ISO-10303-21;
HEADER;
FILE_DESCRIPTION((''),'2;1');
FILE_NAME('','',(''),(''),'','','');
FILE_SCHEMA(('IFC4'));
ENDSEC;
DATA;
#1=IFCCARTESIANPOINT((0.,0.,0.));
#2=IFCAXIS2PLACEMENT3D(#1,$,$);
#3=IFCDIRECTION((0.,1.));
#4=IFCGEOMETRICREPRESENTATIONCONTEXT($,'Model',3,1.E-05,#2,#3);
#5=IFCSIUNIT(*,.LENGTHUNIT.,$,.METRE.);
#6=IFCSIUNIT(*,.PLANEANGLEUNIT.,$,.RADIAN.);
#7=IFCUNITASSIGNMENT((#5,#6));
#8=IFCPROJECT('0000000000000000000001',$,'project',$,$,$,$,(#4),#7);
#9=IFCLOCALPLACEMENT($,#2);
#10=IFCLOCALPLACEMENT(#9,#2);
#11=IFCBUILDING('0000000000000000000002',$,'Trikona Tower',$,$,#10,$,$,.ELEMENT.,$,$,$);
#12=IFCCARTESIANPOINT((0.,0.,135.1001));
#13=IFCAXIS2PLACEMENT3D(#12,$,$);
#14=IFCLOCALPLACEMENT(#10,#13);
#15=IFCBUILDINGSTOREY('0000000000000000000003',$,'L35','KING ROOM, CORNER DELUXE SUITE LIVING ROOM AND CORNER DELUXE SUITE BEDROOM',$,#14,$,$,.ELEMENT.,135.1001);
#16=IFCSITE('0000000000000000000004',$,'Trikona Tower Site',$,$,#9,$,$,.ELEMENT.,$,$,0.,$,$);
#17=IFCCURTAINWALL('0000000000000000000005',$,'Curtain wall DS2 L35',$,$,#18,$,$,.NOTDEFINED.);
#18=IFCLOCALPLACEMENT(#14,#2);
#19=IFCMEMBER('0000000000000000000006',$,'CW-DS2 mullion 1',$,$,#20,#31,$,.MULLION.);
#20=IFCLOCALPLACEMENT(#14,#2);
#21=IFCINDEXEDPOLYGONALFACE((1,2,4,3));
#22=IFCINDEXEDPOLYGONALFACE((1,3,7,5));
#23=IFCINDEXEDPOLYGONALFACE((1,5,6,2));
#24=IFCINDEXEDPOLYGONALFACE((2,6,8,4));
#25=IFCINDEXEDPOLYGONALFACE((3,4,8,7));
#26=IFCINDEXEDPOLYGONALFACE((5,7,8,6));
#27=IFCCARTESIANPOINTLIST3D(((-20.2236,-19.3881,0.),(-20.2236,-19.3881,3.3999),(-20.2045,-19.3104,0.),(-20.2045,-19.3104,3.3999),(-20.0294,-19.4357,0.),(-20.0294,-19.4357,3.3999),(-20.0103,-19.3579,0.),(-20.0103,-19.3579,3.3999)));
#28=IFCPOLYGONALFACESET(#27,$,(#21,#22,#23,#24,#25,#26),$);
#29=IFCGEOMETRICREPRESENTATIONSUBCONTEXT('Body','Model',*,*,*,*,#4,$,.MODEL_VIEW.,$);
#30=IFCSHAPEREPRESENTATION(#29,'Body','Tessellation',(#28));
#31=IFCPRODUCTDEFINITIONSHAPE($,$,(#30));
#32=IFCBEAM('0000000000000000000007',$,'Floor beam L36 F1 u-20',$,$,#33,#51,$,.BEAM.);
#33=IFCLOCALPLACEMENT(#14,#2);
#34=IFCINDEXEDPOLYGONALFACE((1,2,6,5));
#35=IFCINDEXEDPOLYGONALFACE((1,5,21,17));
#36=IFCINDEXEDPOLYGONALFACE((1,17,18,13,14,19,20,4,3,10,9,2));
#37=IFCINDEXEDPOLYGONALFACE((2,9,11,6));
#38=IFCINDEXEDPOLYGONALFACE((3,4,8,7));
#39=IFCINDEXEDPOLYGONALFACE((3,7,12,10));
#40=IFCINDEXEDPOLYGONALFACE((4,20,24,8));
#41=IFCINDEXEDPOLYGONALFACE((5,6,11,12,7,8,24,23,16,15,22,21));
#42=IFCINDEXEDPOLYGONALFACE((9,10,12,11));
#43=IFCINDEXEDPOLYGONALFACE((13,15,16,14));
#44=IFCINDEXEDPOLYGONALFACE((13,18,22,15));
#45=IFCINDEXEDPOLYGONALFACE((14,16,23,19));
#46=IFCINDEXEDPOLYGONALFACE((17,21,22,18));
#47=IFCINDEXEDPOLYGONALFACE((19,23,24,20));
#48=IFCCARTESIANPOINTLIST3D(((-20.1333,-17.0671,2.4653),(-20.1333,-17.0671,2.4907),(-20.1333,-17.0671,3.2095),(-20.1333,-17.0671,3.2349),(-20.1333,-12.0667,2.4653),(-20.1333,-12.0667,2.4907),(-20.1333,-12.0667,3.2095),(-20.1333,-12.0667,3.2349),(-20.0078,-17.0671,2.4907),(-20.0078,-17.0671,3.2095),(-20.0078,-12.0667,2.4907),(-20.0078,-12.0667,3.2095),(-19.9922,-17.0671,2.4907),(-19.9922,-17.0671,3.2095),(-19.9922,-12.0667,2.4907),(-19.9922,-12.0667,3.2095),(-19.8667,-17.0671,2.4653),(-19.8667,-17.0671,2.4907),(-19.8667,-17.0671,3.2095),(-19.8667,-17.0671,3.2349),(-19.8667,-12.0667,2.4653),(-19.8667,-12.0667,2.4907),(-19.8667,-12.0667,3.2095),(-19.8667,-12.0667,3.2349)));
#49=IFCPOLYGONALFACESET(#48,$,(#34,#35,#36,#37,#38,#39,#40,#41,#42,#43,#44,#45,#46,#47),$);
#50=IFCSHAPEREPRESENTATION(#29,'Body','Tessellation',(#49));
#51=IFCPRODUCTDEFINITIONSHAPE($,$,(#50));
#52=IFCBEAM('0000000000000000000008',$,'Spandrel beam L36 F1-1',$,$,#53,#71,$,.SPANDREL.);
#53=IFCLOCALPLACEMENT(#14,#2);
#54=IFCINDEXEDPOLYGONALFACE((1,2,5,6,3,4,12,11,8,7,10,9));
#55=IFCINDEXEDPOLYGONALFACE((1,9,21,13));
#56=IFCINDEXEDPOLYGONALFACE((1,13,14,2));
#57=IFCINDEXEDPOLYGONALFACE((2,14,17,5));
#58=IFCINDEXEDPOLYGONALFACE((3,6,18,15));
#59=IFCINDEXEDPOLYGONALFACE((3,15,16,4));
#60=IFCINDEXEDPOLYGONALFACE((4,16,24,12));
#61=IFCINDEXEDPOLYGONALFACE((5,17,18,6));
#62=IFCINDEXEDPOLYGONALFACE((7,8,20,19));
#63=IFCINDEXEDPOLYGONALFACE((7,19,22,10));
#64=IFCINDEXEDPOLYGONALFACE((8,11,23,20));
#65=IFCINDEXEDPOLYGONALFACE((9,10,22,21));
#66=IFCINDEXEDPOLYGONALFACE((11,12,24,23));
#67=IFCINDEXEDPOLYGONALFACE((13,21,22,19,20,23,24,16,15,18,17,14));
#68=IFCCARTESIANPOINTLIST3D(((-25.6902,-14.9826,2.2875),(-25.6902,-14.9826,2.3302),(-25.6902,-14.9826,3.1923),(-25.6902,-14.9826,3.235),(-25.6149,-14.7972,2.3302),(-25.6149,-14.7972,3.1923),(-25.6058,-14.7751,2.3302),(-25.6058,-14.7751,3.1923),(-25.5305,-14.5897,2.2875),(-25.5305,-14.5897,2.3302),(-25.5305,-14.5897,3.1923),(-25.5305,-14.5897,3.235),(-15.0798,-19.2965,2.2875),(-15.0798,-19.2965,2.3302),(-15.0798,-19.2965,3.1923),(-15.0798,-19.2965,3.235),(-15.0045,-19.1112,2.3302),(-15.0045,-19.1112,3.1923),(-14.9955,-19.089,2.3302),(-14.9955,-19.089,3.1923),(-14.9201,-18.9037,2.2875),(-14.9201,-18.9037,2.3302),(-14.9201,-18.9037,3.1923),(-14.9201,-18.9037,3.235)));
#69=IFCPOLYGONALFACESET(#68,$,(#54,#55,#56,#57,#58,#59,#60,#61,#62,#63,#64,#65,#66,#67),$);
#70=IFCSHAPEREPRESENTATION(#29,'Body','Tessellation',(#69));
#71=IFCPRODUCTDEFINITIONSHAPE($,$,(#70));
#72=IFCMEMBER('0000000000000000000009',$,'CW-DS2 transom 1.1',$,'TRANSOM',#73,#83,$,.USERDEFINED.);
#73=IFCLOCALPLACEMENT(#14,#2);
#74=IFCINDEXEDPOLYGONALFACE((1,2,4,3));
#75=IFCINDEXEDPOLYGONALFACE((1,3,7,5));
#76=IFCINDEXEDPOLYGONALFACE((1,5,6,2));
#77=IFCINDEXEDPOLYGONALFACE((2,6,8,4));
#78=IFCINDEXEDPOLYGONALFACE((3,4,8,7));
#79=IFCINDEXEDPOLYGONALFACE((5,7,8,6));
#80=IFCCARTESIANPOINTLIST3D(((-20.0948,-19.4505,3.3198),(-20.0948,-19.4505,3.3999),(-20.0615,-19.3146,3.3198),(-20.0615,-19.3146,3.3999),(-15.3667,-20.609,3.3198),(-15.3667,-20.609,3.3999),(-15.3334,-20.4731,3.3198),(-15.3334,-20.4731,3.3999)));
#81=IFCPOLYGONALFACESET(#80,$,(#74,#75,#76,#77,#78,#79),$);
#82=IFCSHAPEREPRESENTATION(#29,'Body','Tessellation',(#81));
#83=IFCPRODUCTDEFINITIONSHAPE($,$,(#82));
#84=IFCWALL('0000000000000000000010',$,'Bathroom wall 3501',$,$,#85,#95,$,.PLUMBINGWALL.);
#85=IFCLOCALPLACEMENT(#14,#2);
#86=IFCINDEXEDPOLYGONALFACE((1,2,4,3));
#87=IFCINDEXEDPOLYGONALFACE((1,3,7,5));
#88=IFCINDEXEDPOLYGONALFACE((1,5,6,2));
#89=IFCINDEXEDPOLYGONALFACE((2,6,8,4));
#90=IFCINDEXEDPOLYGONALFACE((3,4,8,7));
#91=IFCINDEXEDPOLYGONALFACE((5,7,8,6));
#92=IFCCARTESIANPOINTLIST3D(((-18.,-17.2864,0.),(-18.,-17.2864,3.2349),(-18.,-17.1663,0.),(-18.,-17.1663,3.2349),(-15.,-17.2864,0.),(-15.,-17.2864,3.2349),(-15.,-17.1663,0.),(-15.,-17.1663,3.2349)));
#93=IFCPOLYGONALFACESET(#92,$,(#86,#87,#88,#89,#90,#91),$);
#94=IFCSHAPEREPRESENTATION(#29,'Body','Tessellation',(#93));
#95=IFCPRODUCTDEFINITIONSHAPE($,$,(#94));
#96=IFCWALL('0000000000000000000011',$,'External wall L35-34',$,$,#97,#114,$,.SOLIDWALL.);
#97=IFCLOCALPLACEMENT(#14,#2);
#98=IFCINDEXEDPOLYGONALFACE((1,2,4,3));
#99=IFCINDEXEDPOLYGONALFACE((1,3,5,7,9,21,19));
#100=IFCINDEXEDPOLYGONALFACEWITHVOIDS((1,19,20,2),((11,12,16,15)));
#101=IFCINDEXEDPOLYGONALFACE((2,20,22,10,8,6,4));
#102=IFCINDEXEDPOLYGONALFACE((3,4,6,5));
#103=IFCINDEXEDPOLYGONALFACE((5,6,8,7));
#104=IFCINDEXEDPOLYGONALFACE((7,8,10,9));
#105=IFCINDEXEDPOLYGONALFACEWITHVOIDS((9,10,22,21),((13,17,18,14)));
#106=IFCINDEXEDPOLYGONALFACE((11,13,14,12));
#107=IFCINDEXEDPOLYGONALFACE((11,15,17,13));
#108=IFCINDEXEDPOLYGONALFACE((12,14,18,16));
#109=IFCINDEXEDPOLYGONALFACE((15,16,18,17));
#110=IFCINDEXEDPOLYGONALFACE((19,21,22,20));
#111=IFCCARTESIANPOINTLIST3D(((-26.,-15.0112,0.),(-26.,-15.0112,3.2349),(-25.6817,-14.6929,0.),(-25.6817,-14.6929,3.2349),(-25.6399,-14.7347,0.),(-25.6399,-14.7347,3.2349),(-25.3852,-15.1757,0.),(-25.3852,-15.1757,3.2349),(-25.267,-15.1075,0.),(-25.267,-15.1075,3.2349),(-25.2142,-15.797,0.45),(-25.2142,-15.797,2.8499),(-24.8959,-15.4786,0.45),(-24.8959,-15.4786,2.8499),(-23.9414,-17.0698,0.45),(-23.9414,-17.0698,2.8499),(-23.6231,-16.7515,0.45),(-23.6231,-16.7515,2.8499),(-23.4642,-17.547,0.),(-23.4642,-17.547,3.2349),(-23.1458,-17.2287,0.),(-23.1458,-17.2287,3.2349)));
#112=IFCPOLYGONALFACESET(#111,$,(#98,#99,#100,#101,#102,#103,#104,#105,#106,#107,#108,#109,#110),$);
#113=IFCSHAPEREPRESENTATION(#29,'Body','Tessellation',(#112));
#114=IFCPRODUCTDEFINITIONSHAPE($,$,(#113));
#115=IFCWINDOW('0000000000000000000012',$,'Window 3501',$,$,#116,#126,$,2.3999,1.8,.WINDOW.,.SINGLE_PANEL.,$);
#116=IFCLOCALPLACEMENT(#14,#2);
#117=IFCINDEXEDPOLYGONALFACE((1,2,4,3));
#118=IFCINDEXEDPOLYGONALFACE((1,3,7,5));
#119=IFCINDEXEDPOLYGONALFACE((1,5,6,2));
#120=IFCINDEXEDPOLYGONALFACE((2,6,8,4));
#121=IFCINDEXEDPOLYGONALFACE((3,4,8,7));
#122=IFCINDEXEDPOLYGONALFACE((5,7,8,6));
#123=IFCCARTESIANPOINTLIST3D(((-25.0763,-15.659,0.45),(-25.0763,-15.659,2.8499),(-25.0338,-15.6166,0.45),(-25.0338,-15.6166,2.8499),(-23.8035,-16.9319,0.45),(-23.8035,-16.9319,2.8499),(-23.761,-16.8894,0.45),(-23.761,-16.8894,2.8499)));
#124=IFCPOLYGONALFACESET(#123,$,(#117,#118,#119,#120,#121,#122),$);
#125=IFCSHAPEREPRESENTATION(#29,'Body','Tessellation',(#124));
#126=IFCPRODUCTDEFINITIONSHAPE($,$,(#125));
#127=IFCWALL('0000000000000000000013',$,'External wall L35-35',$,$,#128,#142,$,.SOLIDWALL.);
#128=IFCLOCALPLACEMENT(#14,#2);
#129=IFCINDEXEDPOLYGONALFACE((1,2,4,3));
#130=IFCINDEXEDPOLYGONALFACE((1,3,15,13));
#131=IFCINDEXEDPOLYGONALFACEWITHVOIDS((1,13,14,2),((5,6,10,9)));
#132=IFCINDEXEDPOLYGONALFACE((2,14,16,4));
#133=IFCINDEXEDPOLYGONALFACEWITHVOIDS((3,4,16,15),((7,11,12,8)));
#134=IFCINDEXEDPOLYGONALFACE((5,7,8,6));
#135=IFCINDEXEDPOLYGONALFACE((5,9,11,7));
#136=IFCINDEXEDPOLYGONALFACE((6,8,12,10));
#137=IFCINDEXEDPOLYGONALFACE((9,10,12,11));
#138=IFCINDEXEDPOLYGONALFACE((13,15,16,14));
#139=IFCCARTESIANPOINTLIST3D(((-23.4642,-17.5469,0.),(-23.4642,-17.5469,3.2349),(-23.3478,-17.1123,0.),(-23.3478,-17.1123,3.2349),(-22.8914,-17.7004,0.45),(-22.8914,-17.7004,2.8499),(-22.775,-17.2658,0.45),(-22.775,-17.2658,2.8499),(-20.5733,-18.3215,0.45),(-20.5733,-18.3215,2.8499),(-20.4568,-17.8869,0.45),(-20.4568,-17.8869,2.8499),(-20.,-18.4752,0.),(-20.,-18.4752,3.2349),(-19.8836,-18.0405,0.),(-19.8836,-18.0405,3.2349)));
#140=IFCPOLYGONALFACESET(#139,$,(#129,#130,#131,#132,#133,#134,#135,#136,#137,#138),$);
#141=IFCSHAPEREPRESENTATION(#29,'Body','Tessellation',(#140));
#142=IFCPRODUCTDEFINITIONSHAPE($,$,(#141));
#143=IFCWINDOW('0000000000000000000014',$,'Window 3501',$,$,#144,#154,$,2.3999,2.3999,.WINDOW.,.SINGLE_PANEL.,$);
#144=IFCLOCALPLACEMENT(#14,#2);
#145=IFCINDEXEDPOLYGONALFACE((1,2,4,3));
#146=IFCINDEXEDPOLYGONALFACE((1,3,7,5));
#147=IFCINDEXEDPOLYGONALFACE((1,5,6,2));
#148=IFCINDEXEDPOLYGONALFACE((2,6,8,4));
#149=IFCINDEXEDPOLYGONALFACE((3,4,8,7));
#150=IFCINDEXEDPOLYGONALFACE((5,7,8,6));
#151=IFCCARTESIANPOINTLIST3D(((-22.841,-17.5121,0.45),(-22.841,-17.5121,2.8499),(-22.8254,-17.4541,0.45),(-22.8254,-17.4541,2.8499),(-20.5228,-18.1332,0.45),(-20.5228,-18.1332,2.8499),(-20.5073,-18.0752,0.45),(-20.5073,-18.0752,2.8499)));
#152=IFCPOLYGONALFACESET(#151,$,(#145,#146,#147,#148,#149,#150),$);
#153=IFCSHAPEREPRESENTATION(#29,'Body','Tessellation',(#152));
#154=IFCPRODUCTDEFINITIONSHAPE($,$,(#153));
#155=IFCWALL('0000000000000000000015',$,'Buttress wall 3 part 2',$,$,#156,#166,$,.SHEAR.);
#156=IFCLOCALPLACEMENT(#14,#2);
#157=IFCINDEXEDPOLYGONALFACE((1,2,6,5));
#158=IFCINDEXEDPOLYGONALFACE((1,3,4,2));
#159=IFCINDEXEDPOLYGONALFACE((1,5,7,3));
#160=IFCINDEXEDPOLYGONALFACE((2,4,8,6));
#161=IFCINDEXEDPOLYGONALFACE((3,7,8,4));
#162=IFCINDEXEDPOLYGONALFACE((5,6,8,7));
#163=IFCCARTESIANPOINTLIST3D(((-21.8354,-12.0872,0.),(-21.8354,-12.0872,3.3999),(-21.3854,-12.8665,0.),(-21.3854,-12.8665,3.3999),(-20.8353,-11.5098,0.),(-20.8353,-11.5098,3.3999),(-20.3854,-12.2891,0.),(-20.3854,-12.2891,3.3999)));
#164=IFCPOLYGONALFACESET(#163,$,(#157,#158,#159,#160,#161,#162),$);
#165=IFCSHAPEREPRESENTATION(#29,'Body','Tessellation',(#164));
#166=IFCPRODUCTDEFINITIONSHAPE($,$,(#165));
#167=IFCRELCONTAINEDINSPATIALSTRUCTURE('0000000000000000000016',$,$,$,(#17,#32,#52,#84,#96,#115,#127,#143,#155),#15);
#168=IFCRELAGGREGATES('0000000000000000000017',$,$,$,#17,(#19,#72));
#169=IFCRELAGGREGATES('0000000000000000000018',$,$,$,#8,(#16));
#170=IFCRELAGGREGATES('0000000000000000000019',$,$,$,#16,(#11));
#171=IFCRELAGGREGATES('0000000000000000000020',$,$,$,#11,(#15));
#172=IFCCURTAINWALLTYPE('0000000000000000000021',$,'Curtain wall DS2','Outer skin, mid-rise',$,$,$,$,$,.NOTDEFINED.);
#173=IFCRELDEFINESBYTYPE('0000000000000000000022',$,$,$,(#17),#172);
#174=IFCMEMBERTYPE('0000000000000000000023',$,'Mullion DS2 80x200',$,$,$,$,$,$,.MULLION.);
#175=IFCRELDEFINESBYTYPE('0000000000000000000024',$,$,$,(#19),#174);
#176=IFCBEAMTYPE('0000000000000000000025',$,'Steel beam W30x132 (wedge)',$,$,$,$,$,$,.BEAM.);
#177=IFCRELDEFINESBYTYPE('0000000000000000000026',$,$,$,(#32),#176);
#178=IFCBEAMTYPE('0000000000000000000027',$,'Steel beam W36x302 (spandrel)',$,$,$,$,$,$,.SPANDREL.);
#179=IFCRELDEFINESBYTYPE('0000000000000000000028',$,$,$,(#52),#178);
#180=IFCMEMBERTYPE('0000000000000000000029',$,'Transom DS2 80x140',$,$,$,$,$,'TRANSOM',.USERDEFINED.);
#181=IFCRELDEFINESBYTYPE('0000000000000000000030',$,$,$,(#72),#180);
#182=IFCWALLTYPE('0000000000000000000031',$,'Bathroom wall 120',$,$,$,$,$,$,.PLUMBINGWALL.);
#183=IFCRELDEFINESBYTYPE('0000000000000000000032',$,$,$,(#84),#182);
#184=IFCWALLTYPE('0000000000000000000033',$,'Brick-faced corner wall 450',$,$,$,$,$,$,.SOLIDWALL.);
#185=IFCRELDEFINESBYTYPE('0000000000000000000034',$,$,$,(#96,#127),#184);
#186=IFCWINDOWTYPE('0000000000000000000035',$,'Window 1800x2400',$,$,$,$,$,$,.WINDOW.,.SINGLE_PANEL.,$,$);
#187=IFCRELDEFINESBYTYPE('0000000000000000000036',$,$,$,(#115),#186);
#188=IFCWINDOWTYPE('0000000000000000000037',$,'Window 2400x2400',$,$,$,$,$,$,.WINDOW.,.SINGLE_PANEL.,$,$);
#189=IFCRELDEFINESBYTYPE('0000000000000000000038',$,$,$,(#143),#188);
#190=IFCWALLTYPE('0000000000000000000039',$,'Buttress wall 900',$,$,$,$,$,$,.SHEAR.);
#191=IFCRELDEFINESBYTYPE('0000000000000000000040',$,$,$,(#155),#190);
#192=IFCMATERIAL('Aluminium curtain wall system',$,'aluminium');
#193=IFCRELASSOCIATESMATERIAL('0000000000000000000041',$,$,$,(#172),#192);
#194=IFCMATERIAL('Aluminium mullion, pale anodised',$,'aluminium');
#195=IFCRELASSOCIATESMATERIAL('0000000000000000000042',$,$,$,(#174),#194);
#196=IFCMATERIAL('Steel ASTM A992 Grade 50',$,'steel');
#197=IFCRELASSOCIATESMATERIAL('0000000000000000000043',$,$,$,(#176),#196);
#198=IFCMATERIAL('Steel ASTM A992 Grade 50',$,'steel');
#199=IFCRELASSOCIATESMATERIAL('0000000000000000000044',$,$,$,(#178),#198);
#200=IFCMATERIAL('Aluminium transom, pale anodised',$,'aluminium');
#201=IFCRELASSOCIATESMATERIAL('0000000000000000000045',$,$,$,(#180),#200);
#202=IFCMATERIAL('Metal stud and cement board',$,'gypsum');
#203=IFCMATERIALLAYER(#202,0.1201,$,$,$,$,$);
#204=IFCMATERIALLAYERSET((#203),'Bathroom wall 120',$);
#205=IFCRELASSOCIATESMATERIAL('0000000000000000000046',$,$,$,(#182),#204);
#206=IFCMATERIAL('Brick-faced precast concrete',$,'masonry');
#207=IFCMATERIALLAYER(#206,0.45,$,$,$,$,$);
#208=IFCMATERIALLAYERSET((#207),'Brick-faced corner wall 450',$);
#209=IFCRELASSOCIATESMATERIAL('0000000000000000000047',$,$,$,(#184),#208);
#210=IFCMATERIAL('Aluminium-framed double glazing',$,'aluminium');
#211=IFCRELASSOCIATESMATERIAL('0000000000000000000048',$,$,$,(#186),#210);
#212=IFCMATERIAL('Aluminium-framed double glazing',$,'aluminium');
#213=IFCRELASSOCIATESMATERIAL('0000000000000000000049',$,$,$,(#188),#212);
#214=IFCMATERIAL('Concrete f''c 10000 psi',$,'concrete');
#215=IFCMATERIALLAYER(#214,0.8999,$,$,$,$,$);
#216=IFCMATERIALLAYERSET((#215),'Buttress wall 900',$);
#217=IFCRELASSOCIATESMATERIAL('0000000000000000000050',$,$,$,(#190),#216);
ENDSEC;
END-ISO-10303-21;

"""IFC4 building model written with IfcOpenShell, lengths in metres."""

from ifc_helpers import new_model, si_unit, direction, frame, frame_2d, origin, origin_2d, place, context, subcontext, project, spatial, polyline, rectangle, i_section, outline, extrude, material, layer, layer_set, material_profile, profile_set, type_object, element, fill, aggregate, save


model = new_model("IFC4")

# Units and contexts
model_context = context("Model", 3, precision=1e-05, world=origin(), true_north=direction((0.0, 1.0)))
body_context = subcontext(model_context, "Body", "Model", "MODEL_VIEW")
ifc_project = project(units=[si_unit("LENGTHUNIT", "METRE"), si_unit("PLANEANGLEUNIT", "RADIAN")], contexts=[model_context])

# Site, building, storey
site_placement = place(None, origin())
site = spatial("IfcSite", under=ifc_project, at=site_placement, Name="Trikona Tower Site", CompositionType="ELEMENT", RefElevation=0.0)
building_placement = place(site_placement, origin())
building = spatial("IfcBuilding", under=site, at=building_placement, Name="Trikona Tower", CompositionType="ELEMENT")
storey_placement = place(building_placement, frame((0.0, 0.0, 135.1001)))
storey = spatial("IfcBuildingStorey", under=building, at=storey_placement, Name="L35", Description="KING ROOM, CORNER DELUXE SUITE LIVING ROOM AND CORNER DELUXE SUITE BEDROOM", CompositionType="ELEMENT", Elevation=135.1001)

# Curtain wall, member
ifc_material_1 = material(Name="Aluminium curtain wall system", Category="aluminium")
curtain_wall_type = type_object("IfcCurtainWallType", Name="Curtain wall DS2", Description="Outer skin, mid-rise", PredefinedType="NOTDEFINED", material=ifc_material_1)
curtain_wall_placement = place(storey_placement, origin())
curtain_wall = element("IfcCurtainWall", 1, at=curtain_wall_placement, inside=storey, type_object=curtain_wall_type, Name="Curtain wall DS2 L35", PredefinedType="NOTDEFINED")
ifc_material_2 = material(Name="Aluminium mullion, pale anodised", Category="aluminium")
ifc_material_profile_1 = material_profile(ifc_material_2, rectangle(XDim=0.0801, YDim=0.2, at=origin_2d()), Name="MUL-DS2")
ifc_profile_set_1 = profile_set([ifc_material_profile_1], Name="Aluminium mullion, pale anodised")
member_type_1 = type_object("IfcMemberType", Name="Mullion DS2 80x200", PredefinedType="MULLION", material=ifc_profile_set_1)
member_1_placement = place(storey_placement, frame((-20.1169, -19.373, 0.0), z_axis=(0.0, 0.0, 1.0), x_axis=(0.23797, 0.971272, 0.0)))
member_1 = element("IfcMember", 2, at=member_1_placement, type_object=member_type_1, Name="CW-DS2 mullion 1", PredefinedType="MULLION", context=body_context, shape_type="SweptSolid", body=[
    extrude(rectangle(XDim=0.0801, YDim=0.2, at=origin_2d()), origin(), (0.0, 0.0, 1.0), 3.3999),
])

# Beams
ifc_material_3 = material(Name="Steel ASTM A992 Grade 50", Category="steel")
ifc_material_profile_2 = material_profile(ifc_material_3, i_section(OverallWidth=0.2666, OverallDepth=0.7695, WebThickness=0.0156, FlangeThickness=0.0254, at=origin_2d()), Name="W30X132")
ifc_profile_set_2 = profile_set([ifc_material_profile_2], Name="Steel ASTM A992 Grade 50")
beam_type_1 = type_object("IfcBeamType", Name="Steel beam W30x132 (wedge)", PredefinedType="BEAM", material=ifc_profile_set_2)
beam_1_placement = place(storey_placement, frame((-20.0, -12.0667, 2.8501), z_axis=(0.0, -1.0, 0.0), x_axis=(1.0, 0.0, 0.0)))
element("IfcBeam", 3, at=beam_1_placement, inside=storey, type_object=beam_type_1, Name="Floor beam L36 F1 u-20", PredefinedType="BEAM", context=body_context, shape_type="SweptSolid", body=[
    extrude(i_section(OverallWidth=0.2666, OverallDepth=0.7695, WebThickness=0.0156, FlangeThickness=0.0254, at=origin_2d()), origin(), (0.0, 0.0, 1.0), 5.0005),
])
ifc_material_4 = material(Name="Steel ASTM A992 Grade 50", Category="steel")
ifc_material_profile_3 = material_profile(ifc_material_4, i_section(OverallWidth=0.4241, OverallDepth=0.9475, WebThickness=0.0239, FlangeThickness=0.0427, at=origin_2d()), Name="W36X302")
ifc_profile_set_3 = profile_set([ifc_material_profile_3], Name="Steel ASTM A992 Grade 50")
beam_type_2 = type_object("IfcBeamType", Name="Steel beam W36x302 (spandrel)", PredefinedType="SPANDREL", material=ifc_profile_set_3)
beam_2_placement = place(storey_placement, frame((-25.6104, -14.7861, 2.7612), z_axis=(0.92636, -0.37664, 0.0), x_axis=(0.37664, 0.92636, 0.0)))
element("IfcBeam", 4, at=beam_2_placement, inside=storey, type_object=beam_type_2, Name="Spandrel beam L36 F1-1", PredefinedType="SPANDREL", context=body_context, shape_type="SweptSolid", body=[
    extrude(i_section(OverallWidth=0.4241, OverallDepth=0.9475, WebThickness=0.0239, FlangeThickness=0.0427, at=origin_2d()), origin(), (0.0, 0.0, 1.0), 11.4539),
])

# Member
ifc_material_5 = material(Name="Aluminium transom, pale anodised", Category="aluminium")
ifc_material_profile_4 = material_profile(ifc_material_5, rectangle(XDim=0.1399, YDim=0.0801, at=origin_2d()), Name="TRN-DS2")
ifc_profile_set_4 = profile_set([ifc_material_profile_4], Name="Aluminium transom, pale anodised")
member_type_2 = type_object("IfcMemberType", Name="Transom DS2 80x140", ElementType="TRANSOM", PredefinedType="USERDEFINED", material=ifc_profile_set_4)
member_2_placement = place(storey_placement, frame((-20.0781, -19.3826, 3.3599), z_axis=(0.971271, -0.237978, 0.0), x_axis=(0.237978, 0.971271, 0.0)))
member_2 = element("IfcMember", 5, at=member_2_placement, type_object=member_type_2, Name="CW-DS2 transom 1.1", ObjectType="TRANSOM", PredefinedType="USERDEFINED", context=body_context, shape_type="SweptSolid", body=[
    extrude(rectangle(XDim=0.1399, YDim=0.0801, at=origin_2d()), origin(), (0.0, 0.0, 1.0), 4.8679),
])
aggregate(curtain_wall, [member_1, member_2])

# Wall
ifc_material_6 = material(Name="Metal stud and cement board", Category="gypsum")
ifc_layer_1 = layer(ifc_material_6, 0.1201)
ifc_layer_set_1 = layer_set([ifc_layer_1], Name="Bathroom wall 120")
wall_type_1 = type_object("IfcWallType", Name="Bathroom wall 120", PredefinedType="PLUMBINGWALL", material=ifc_layer_set_1)
wall_1_placement = place(storey_placement, frame((-18.0, -17.2263, 0.0), z_axis=(0.0, 0.0, 1.0), x_axis=(1.0, 0.0, 0.0)))
element("IfcWall", 6, at=wall_1_placement, inside=storey, type_object=wall_type_1, Name="Bathroom wall 3501", PredefinedType="PLUMBINGWALL", context=body_context, shape_type="SweptSolid", body=[
    extrude(rectangle(XDim=3.0, YDim=0.1201, at=frame_2d((1.5, 0.0))), origin(), (0.0, 0.0, 1.0), 3.2349),
])

# Walls, openings, windows
ifc_material_7 = material(Name="Brick-faced precast concrete", Category="masonry")
ifc_layer_2 = layer(ifc_material_7, 0.45)
ifc_layer_set_2 = layer_set([ifc_layer_2], Name="Brick-faced corner wall 450")
wall_type_2 = type_object("IfcWallType", Name="Brick-faced corner wall 450", PredefinedType="SOLIDWALL", material=ifc_layer_set_2)
wall_2_placement = place(storey_placement, frame((-25.8408, -14.8521, 0.0), z_axis=(0.0, 0.0, 1.0), x_axis=(0.707107, -0.707107, 0.0)))
wall_2 = element("IfcWall", 7, at=wall_2_placement, inside=storey, type_object=wall_type_2, Name="External wall L35-34", PredefinedType="SOLIDWALL", context=body_context, shape_type="SweptSolid", body=[
    extrude(outline(polyline([(3.5862, 0.2251), (0.5864, 0.2251), (0.551, 0.0933), (0.0591, 0.2251), (0.0, 0.2251), (0.0, -0.2251), (3.5862, -0.2251), (3.5862, 0.2251)])), origin(), (0.0, 0.0, 1.0), 3.2349),
])
opening_1_placement = place(wall_2_placement, frame((1.1113, 0.0, 0.45)))
opening_1 = element("IfcOpeningElement", 8, at=opening_1_placement, cuts=wall_2, PredefinedType="OPENING", context=body_context, shape_type="SweptSolid", body=[
    extrude(rectangle(XDim=1.8, YDim=2.3999, at=frame_2d((0.8999, 1.2))), frame((0.0, 0.2349, 0.0), z_axis=(0.0, -1.0, 0.0), x_axis=(1.0, 0.0, 0.0)), (0.0, 0.0, 1.0), 0.47),
])
ifc_material_8 = material(Name="Aluminium-framed double glazing", Category="aluminium")
window_type_1 = type_object("IfcWindowType", Name="Window 1800x2400", PartitioningType="SINGLE_PANEL", PredefinedType="WINDOW", material=ifc_material_8)
window_1_placement = place(opening_1_placement, origin())
window_1 = element("IfcWindow", 9, at=window_1_placement, inside=storey, type_object=window_type_1, Name="Window 3501", OverallHeight=2.3999, OverallWidth=1.8, PartitioningType="SINGLE_PANEL", PredefinedType="WINDOW", context=body_context, shape_type="SweptSolid", body=[
    extrude(rectangle(XDim=1.8, YDim=2.3999, at=frame_2d((0.8999, 1.2))), frame((0.0, 0.03, 0.0), z_axis=(0.0, -1.0, 0.0), x_axis=(1.0, 0.0, 0.0)), (0.0, 0.0, 1.0), 0.0601),
])
fill(opening_1, window_1)
wall_3_placement = place(storey_placement, frame((-23.406, -17.3296, 0.0), z_axis=(0.0, 0.0, 1.0), x_axis=(0.965925, -0.258823, 0.0)))
wall_3 = element("IfcWall", 10, at=wall_3_placement, inside=storey, type_object=wall_type_2, Name="External wall L35-35", PredefinedType="SOLIDWALL", context=body_context, shape_type="SweptSolid", body=[
    extrude(rectangle(XDim=3.5864, YDim=0.45, at=frame_2d((1.7932, 0.0))), origin(), (0.0, 0.0, 1.0), 3.2349),
])
opening_2_placement = place(wall_3_placement, frame((0.593, 0.0, 0.45)))
opening_2 = element("IfcOpeningElement", 11, at=opening_2_placement, cuts=wall_3, PredefinedType="OPENING", context=body_context, shape_type="SweptSolid", body=[
    extrude(rectangle(XDim=2.3999, YDim=2.3999, at=frame_2d((1.2, 1.2))), frame((0.0, 0.2349, 0.0), z_axis=(0.0, -1.0, 0.0), x_axis=(1.0, 0.0, 0.0)), (0.0, 0.0, 1.0), 0.47),
])
ifc_material_9 = material(Name="Aluminium-framed double glazing", Category="aluminium")
window_type_2 = type_object("IfcWindowType", Name="Window 2400x2400", PartitioningType="SINGLE_PANEL", PredefinedType="WINDOW", material=ifc_material_9)
window_2_placement = place(opening_2_placement, origin())
window_2 = element("IfcWindow", 12, at=window_2_placement, inside=storey, type_object=window_type_2, Name="Window 3501", OverallHeight=2.3999, OverallWidth=2.3999, PartitioningType="SINGLE_PANEL", PredefinedType="WINDOW", context=body_context, shape_type="SweptSolid", body=[
    extrude(rectangle(XDim=2.3999, YDim=2.3999, at=frame_2d((1.2, 1.2))), frame((0.0, 0.03, 0.0), z_axis=(0.0, -1.0, 0.0), x_axis=(1.0, 0.0, 0.0)), (0.0, 0.0, 1.0), 0.0601),
])
fill(opening_2, window_2)

# Wall
ifc_material_10 = material(Name="Concrete f'c 10000 psi", Category="concrete")
ifc_layer_3 = layer(ifc_material_10, 0.8999)
ifc_layer_set_3 = layer_set([ifc_layer_3], Name="Buttress wall 900")
wall_type_3 = type_object("IfcWallType", Name="Buttress wall 900", PredefinedType="SHEAR", material=ifc_layer_set_3)
wall_4_placement = place(storey_placement, frame((-20.6104, -11.8994, 0.0), z_axis=(0.0, 0.0, 1.0), x_axis=(-0.86601, -0.500027, 0.0)))
element("IfcWall", 13, at=wall_4_placement, inside=storey, type_object=wall_type_3, Name="Buttress wall 3 part 2", PredefinedType="SHEAR", context=body_context, shape_type="SweptSolid", body=[
    extrude(rectangle(XDim=1.1548, YDim=0.8999, at=frame_2d((0.5774, 0.0))), origin(), (0.0, 0.0, 1.0), 3.3999),
])

save(model, "model.ifc")
